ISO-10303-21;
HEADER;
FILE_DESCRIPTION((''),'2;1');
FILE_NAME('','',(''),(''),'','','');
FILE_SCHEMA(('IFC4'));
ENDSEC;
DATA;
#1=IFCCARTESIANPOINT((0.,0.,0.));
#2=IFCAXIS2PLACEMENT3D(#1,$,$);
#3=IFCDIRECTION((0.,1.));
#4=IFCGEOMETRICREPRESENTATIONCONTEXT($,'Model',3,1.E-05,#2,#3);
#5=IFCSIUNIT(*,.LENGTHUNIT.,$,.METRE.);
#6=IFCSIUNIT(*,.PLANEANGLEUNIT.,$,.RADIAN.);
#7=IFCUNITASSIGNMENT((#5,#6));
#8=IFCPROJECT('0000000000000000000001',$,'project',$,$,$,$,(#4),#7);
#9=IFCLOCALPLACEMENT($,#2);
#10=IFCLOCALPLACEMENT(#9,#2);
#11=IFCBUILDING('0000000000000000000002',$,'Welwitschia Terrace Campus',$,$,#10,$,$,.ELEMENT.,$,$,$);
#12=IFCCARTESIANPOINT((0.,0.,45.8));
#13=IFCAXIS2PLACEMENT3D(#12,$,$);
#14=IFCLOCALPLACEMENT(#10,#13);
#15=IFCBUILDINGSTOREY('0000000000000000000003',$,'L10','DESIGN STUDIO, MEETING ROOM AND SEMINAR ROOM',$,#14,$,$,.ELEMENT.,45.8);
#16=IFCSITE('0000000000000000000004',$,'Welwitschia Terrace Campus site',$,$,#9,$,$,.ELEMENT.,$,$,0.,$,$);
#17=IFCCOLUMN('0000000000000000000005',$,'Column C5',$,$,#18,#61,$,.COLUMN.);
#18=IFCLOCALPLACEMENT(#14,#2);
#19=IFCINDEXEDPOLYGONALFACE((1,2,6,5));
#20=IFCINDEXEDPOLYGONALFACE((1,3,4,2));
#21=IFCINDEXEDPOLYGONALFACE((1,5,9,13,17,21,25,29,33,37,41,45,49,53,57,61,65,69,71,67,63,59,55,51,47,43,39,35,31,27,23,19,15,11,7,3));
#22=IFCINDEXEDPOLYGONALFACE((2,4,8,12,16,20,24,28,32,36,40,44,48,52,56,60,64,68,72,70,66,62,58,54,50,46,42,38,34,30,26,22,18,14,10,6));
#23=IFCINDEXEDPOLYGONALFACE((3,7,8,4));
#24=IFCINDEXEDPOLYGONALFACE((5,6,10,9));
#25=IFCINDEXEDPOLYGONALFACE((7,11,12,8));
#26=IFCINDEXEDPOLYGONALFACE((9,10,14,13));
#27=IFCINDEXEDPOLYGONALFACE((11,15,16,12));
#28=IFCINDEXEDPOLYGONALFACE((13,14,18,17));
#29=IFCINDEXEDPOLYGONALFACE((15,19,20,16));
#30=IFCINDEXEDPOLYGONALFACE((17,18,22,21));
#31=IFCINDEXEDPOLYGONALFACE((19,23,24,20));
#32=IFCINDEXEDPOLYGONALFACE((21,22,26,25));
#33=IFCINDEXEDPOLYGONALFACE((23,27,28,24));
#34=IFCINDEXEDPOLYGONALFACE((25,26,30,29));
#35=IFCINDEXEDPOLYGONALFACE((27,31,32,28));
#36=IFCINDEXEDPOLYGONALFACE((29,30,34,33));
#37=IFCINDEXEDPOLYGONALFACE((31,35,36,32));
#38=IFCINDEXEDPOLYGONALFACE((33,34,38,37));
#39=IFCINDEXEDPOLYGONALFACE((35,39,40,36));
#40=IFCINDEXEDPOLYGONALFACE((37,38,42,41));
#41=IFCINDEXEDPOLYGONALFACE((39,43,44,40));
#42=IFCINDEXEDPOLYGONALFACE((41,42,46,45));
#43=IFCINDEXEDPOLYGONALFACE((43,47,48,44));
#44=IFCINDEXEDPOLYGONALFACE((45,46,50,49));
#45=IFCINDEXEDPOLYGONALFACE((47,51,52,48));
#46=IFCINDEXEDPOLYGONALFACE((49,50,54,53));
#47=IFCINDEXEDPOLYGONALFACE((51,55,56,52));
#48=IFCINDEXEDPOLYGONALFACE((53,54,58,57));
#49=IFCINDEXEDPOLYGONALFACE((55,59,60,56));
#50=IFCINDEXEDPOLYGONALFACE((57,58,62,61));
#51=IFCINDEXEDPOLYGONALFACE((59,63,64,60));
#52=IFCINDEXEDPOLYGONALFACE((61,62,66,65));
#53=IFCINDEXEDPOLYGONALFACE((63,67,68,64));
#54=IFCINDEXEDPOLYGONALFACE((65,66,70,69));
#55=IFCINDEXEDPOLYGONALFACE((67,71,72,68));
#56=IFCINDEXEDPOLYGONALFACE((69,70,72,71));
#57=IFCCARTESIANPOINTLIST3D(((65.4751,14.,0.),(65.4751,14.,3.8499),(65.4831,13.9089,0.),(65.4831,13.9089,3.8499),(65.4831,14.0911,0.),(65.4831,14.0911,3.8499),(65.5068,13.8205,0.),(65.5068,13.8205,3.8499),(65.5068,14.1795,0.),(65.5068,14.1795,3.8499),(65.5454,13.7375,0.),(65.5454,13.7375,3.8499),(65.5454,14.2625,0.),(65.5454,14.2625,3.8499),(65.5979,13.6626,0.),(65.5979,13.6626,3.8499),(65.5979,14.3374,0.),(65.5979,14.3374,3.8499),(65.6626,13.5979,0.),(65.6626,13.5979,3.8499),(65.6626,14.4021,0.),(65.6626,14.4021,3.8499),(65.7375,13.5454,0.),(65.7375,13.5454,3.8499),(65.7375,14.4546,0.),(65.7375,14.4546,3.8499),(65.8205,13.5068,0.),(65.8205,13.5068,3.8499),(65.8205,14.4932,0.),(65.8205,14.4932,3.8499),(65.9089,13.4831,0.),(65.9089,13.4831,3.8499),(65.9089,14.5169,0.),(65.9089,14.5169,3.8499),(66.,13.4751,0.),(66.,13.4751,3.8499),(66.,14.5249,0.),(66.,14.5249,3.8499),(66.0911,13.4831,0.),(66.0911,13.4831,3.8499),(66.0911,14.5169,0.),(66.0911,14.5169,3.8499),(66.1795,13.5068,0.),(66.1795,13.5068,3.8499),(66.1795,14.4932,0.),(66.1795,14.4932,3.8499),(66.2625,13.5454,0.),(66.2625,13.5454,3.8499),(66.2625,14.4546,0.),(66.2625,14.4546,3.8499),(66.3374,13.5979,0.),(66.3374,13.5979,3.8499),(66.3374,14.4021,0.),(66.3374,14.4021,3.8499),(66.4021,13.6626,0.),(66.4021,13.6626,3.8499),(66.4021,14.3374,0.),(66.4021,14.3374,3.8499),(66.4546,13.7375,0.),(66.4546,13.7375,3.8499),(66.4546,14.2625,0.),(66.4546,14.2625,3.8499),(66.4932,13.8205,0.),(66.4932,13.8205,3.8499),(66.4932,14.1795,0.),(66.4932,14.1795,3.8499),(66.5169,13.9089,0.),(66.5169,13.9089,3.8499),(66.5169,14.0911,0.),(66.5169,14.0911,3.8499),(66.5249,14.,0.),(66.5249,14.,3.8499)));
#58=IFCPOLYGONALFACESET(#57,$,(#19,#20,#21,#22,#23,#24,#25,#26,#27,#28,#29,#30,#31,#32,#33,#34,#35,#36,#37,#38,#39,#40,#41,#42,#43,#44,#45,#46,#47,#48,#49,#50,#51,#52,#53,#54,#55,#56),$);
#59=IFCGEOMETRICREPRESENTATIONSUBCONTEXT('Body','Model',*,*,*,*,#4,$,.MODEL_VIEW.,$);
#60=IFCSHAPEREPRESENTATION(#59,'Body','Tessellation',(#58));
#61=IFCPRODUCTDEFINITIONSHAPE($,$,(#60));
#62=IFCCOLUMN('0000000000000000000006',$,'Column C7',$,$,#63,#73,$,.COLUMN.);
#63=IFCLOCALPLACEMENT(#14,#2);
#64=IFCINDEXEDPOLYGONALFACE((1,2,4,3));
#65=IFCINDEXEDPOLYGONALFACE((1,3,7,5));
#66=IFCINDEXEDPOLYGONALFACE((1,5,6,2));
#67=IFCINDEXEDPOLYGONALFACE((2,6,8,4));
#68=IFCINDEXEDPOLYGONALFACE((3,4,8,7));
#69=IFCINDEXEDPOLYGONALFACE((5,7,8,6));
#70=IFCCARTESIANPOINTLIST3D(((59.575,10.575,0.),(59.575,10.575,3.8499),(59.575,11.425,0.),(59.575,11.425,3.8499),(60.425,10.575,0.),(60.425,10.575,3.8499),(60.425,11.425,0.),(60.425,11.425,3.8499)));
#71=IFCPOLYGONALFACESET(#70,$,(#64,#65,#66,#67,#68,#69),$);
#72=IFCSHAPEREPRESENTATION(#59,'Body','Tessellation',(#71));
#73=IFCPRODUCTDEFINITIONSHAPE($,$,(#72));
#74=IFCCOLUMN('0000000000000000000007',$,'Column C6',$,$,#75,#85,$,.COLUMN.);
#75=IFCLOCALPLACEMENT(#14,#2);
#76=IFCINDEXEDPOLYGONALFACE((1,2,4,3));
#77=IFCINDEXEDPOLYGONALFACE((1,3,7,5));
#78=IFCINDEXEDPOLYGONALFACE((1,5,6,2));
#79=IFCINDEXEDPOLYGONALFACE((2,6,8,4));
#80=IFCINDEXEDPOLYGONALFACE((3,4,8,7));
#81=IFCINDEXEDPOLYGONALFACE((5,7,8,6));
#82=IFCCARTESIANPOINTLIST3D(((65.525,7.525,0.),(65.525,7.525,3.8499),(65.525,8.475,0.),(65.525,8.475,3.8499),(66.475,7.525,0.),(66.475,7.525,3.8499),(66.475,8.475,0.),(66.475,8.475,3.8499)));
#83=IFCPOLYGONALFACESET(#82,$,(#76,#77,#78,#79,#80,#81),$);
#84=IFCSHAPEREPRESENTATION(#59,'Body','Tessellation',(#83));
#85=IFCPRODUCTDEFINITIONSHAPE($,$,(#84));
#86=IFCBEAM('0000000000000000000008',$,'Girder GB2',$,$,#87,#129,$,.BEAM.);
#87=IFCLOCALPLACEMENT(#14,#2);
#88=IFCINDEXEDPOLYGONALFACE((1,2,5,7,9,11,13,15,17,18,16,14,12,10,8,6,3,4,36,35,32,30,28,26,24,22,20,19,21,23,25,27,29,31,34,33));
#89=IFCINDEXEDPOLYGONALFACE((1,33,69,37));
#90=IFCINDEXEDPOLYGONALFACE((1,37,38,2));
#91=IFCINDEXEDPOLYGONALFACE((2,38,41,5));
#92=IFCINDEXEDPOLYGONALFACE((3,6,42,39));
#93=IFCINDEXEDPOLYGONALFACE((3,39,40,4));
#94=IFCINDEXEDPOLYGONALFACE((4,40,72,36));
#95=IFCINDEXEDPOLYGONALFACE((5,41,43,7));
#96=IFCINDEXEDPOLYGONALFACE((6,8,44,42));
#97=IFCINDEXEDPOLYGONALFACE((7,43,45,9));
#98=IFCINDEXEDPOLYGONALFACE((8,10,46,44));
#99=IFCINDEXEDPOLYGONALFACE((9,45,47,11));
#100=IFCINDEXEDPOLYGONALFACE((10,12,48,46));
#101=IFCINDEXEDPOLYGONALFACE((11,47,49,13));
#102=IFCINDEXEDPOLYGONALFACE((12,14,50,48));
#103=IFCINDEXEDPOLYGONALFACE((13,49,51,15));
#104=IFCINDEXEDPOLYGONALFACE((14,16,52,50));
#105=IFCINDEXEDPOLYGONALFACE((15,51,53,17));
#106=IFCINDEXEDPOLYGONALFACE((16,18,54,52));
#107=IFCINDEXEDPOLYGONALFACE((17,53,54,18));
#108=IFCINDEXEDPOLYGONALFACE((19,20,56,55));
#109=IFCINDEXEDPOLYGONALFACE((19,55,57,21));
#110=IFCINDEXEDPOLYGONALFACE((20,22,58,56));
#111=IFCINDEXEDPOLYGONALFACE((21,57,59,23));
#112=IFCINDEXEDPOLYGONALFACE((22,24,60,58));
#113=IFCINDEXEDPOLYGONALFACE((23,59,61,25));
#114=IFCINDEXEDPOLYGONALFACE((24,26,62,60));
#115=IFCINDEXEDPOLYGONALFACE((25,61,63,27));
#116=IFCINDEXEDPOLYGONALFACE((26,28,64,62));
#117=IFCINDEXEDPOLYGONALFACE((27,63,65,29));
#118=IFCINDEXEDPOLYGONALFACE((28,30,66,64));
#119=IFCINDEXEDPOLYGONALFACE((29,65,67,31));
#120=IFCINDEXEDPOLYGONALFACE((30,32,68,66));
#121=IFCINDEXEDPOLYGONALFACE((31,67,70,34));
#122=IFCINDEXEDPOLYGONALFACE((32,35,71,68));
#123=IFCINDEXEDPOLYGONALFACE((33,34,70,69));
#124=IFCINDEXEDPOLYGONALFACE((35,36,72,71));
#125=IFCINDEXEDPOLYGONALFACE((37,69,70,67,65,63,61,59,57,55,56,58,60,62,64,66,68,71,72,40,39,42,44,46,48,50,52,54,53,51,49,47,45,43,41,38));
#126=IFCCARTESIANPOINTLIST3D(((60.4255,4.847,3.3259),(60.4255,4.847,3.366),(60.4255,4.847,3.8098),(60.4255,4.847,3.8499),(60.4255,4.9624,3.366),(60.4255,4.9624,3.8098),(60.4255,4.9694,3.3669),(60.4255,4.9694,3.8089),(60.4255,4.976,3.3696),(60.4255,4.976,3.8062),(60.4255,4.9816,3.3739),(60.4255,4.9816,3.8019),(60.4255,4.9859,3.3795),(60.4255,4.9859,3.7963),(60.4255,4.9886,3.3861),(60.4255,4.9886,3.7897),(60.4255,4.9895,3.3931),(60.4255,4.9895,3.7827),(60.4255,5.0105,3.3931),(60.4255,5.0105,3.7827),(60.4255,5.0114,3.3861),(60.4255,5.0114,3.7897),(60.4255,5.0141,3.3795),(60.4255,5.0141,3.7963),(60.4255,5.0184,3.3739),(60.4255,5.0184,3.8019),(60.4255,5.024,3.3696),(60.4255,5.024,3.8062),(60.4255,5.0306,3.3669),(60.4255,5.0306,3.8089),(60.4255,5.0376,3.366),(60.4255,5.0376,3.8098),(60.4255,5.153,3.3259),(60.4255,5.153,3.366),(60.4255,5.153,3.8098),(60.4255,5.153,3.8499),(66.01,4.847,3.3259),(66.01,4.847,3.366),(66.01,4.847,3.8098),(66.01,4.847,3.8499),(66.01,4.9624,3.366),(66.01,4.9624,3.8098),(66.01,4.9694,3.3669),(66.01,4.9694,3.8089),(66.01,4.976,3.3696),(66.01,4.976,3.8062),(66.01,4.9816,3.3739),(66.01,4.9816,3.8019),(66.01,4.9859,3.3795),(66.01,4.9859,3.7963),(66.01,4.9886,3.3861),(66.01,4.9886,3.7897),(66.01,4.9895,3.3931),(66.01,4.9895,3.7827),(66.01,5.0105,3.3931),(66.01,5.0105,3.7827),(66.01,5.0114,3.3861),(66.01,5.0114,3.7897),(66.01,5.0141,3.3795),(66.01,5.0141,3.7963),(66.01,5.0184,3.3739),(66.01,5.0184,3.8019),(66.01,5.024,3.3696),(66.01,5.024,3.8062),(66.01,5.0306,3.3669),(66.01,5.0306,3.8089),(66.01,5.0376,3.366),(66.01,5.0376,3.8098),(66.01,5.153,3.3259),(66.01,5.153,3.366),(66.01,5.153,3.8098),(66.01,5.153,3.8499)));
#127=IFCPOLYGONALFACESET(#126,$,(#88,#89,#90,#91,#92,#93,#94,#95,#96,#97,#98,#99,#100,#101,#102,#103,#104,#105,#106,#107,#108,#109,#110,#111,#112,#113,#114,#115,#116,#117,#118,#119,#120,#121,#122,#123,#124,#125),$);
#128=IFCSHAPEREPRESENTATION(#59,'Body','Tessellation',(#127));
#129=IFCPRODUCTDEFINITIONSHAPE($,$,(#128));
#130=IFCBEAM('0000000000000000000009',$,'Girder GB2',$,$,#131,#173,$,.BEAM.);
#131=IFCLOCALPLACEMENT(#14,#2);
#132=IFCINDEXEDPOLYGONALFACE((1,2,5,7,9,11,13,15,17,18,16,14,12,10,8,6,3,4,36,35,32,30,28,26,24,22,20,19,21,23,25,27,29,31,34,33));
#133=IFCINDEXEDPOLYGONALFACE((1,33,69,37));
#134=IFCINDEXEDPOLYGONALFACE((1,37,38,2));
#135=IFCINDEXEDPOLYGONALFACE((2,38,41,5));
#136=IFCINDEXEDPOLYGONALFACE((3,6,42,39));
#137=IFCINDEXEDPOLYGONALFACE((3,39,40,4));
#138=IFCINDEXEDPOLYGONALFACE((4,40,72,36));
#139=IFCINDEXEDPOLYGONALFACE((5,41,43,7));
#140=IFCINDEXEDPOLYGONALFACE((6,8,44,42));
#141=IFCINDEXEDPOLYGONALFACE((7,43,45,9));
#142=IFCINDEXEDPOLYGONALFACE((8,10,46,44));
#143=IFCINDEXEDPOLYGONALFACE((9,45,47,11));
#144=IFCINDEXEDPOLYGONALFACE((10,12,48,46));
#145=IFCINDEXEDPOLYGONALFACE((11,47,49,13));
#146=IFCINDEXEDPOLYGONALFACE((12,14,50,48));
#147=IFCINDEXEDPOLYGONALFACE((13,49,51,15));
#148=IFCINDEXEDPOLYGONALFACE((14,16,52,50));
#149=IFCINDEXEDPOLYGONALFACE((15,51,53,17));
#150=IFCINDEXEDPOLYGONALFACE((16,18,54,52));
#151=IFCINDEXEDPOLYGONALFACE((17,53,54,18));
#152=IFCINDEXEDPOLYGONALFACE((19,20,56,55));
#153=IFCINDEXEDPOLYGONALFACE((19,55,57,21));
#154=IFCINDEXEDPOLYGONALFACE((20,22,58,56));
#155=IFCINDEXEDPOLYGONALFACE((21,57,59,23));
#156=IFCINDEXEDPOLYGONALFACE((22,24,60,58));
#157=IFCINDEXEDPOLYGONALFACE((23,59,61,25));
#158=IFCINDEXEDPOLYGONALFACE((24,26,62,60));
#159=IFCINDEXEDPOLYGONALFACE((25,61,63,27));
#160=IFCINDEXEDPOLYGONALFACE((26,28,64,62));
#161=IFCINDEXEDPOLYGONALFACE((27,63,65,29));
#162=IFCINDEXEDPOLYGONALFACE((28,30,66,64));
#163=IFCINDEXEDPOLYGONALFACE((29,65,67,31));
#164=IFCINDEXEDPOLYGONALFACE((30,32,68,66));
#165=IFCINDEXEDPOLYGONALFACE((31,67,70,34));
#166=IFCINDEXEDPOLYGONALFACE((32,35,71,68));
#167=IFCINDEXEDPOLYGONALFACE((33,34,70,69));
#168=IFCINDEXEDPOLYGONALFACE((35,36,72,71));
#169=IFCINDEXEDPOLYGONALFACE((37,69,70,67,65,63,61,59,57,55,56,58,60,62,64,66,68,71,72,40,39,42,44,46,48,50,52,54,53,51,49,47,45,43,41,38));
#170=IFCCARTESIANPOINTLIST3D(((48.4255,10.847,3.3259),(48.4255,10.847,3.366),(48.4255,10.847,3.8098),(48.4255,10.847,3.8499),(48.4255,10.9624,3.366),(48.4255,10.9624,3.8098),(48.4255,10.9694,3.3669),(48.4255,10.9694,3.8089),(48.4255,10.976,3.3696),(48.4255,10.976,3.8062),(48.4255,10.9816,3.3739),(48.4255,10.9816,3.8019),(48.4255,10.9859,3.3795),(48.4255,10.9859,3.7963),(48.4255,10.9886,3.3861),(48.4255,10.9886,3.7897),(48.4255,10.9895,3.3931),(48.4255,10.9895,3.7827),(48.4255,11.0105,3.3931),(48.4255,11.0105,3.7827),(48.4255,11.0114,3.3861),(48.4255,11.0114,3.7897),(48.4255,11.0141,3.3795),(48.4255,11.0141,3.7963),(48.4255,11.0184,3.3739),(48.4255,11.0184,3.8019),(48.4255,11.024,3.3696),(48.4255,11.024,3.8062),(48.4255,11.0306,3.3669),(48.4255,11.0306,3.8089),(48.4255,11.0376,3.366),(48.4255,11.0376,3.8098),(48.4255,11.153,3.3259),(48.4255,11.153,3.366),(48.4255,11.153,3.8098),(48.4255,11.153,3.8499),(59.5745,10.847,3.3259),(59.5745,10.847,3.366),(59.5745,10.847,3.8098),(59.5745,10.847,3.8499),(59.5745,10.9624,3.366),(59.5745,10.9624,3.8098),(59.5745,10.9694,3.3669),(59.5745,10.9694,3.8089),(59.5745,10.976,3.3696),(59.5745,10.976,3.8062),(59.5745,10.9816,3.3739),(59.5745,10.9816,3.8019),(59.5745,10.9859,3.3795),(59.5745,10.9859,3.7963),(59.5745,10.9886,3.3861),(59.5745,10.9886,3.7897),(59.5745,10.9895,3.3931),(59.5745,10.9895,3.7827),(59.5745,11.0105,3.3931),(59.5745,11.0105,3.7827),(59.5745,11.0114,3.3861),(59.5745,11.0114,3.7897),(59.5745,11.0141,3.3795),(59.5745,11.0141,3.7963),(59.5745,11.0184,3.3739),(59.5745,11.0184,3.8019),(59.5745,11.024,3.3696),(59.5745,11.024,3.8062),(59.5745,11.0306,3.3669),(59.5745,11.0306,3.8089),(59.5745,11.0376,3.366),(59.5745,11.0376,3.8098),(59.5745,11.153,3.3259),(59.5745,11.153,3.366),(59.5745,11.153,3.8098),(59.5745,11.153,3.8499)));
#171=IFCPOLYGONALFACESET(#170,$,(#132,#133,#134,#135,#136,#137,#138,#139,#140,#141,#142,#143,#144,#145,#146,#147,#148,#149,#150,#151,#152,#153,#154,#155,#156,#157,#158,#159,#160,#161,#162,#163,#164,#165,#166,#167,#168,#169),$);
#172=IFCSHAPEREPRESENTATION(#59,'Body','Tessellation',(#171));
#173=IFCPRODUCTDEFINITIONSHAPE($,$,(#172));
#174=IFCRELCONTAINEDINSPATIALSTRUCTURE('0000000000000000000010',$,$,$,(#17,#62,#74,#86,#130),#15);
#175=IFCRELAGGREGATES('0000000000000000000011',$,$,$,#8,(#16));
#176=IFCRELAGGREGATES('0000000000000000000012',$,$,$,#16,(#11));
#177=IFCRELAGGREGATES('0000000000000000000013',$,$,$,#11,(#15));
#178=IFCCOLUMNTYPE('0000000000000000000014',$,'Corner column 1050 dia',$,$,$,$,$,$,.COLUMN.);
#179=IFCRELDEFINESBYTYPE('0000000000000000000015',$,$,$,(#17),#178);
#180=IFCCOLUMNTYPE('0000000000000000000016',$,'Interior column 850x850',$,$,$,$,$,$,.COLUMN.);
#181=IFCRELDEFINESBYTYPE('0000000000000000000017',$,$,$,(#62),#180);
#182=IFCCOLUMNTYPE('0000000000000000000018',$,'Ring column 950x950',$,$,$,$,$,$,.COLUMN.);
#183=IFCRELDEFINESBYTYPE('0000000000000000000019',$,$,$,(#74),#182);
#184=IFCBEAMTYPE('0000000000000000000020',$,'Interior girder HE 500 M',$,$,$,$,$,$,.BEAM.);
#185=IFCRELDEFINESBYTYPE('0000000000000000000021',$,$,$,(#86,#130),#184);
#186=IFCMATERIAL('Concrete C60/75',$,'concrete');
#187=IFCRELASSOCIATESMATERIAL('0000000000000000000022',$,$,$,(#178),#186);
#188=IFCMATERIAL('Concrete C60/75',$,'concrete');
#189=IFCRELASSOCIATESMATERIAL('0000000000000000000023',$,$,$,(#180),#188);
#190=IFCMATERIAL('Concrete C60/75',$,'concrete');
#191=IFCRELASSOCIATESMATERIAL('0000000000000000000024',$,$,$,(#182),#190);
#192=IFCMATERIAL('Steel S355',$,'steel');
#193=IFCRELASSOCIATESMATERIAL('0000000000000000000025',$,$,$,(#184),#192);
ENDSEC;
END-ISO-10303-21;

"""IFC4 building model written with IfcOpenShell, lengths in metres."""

from ifc_helpers import new_model, si_unit, direction, frame, origin, origin_2d, place, context, subcontext, project, spatial, rectangle, circle, i_section, extrude, material, material_profile, profile_set, type_object, element, save


model = new_model("IFC4")

# Units and contexts
model_context = context("Model", 3, precision=1e-05, world=origin(), true_north=direction((0.0, 1.0)))
body_context = subcontext(model_context, "Body", "Model", "MODEL_VIEW")
ifc_project = project(units=[si_unit("LENGTHUNIT", "METRE"), si_unit("PLANEANGLEUNIT", "RADIAN")], contexts=[model_context])

# Site, building, storey
site_placement = place(None, origin())
site = spatial("IfcSite", under=ifc_project, at=site_placement, Name="Welwitschia Terrace Campus site", CompositionType="ELEMENT", RefElevation=0.0)
building_placement = place(site_placement, origin())
building = spatial("IfcBuilding", under=site, at=building_placement, Name="Welwitschia Terrace Campus", CompositionType="ELEMENT")
storey_placement = place(building_placement, frame((0.0, 0.0, 45.8)))
storey = spatial("IfcBuildingStorey", under=building, at=storey_placement, Name="L10", Description="DESIGN STUDIO, MEETING ROOM AND SEMINAR ROOM", CompositionType="ELEMENT", Elevation=45.8)

# Columns
ifc_material_1 = material(Name="Concrete C60/75", Category="concrete")
ifc_material_profile_1 = material_profile(ifc_material_1, circle(Radius=0.5249, at=origin_2d()))
ifc_profile_set_1 = profile_set([ifc_material_profile_1], Name="Concrete C60/75")
column_type_1 = type_object("IfcColumnType", Name="Corner column 1050 dia", PredefinedType="COLUMN", material=ifc_profile_set_1)
column_1_placement = place(storey_placement, frame((66.0, 14.0, 0.0), z_axis=(0.0, 0.0, 1.0), x_axis=(1.0, 0.0, 0.0)))
element("IfcColumn", 1, at=column_1_placement, inside=storey, type_object=column_type_1, Name="Column C5", PredefinedType="COLUMN", context=body_context, shape_type="SweptSolid", body=[
    extrude(circle(Radius=0.5249, at=origin_2d()), origin(), (0.0, 0.0, 1.0), 3.8499),
])
ifc_material_2 = material(Name="Concrete C60/75", Category="concrete")
ifc_material_profile_2 = material_profile(ifc_material_2, rectangle(XDim=0.8501, YDim=0.8501, at=origin_2d()))
ifc_profile_set_2 = profile_set([ifc_material_profile_2], Name="Concrete C60/75")
column_type_2 = type_object("IfcColumnType", Name="Interior column 850x850", PredefinedType="COLUMN", material=ifc_profile_set_2)
column_2_placement = place(storey_placement, frame((60.0, 11.0, 0.0), z_axis=(0.0, 0.0, 1.0), x_axis=(1.0, 0.0, 0.0)))
element("IfcColumn", 2, at=column_2_placement, inside=storey, type_object=column_type_2, Name="Column C7", PredefinedType="COLUMN", context=body_context, shape_type="SweptSolid", body=[
    extrude(rectangle(XDim=0.8501, YDim=0.8501, at=origin_2d()), origin(), (0.0, 0.0, 1.0), 3.8499),
])
ifc_material_3 = material(Name="Concrete C60/75", Category="concrete")
ifc_material_profile_3 = material_profile(ifc_material_3, rectangle(XDim=0.95, YDim=0.95, at=origin_2d()))
ifc_profile_set_3 = profile_set([ifc_material_profile_3], Name="Concrete C60/75")
column_type_3 = type_object("IfcColumnType", Name="Ring column 950x950", PredefinedType="COLUMN", material=ifc_profile_set_3)
column_3_placement = place(storey_placement, frame((66.0, 8.0, 0.0), z_axis=(0.0, 0.0, 1.0), x_axis=(1.0, 0.0, 0.0)))
element("IfcColumn", 3, at=column_3_placement, inside=storey, type_object=column_type_3, Name="Column C6", PredefinedType="COLUMN", context=body_context, shape_type="SweptSolid", body=[
    extrude(rectangle(XDim=0.95, YDim=0.95, at=origin_2d()), origin(), (0.0, 0.0, 1.0), 3.8499),
])

# Beams
ifc_material_4 = material(Name="Steel S355", Category="steel")
ifc_material_profile_4 = material_profile(ifc_material_4, i_section(OverallWidth=0.3059, OverallDepth=0.5239, WebThickness=0.021, FlangeThickness=0.04, FilletRadius=0.0271, at=origin_2d()))
ifc_profile_set_4 = profile_set([ifc_material_profile_4], Name="Steel S355")
beam_type_1 = type_object("IfcBeamType", Name="Interior girder HE 500 M", PredefinedType="BEAM", material=ifc_profile_set_4)
beam_1_placement = place(storey_placement, frame((60.4255, 5.0, 3.5879), z_axis=(1.0, 0.0, 0.0), x_axis=(0.0, 1.0, 0.0)))
element("IfcBeam", 4, at=beam_1_placement, inside=storey, type_object=beam_type_1, Name="Girder GB2", PredefinedType="BEAM", context=body_context, shape_type="SweptSolid", body=[
    extrude(i_section(OverallWidth=0.3059, OverallDepth=0.5239, WebThickness=0.021, FlangeThickness=0.04, FilletRadius=0.0271, at=origin_2d()), origin(), (0.0, 0.0, 1.0), 5.5845),
])
beam_2_placement = place(storey_placement, frame((48.4255, 11.0, 3.5879), z_axis=(1.0, 0.0, 0.0), x_axis=(0.0, 1.0, 0.0)))
element("IfcBeam", 5, at=beam_2_placement, inside=storey, type_object=beam_type_1, Name="Girder GB2", PredefinedType="BEAM", context=body_context, shape_type="SweptSolid", body=[
    extrude(i_section(OverallWidth=0.3059, OverallDepth=0.5239, WebThickness=0.021, FlangeThickness=0.04, FilletRadius=0.0271, at=origin_2d()), origin(), (0.0, 0.0, 1.0), 11.1489),
])

save(model, "model.ifc")
